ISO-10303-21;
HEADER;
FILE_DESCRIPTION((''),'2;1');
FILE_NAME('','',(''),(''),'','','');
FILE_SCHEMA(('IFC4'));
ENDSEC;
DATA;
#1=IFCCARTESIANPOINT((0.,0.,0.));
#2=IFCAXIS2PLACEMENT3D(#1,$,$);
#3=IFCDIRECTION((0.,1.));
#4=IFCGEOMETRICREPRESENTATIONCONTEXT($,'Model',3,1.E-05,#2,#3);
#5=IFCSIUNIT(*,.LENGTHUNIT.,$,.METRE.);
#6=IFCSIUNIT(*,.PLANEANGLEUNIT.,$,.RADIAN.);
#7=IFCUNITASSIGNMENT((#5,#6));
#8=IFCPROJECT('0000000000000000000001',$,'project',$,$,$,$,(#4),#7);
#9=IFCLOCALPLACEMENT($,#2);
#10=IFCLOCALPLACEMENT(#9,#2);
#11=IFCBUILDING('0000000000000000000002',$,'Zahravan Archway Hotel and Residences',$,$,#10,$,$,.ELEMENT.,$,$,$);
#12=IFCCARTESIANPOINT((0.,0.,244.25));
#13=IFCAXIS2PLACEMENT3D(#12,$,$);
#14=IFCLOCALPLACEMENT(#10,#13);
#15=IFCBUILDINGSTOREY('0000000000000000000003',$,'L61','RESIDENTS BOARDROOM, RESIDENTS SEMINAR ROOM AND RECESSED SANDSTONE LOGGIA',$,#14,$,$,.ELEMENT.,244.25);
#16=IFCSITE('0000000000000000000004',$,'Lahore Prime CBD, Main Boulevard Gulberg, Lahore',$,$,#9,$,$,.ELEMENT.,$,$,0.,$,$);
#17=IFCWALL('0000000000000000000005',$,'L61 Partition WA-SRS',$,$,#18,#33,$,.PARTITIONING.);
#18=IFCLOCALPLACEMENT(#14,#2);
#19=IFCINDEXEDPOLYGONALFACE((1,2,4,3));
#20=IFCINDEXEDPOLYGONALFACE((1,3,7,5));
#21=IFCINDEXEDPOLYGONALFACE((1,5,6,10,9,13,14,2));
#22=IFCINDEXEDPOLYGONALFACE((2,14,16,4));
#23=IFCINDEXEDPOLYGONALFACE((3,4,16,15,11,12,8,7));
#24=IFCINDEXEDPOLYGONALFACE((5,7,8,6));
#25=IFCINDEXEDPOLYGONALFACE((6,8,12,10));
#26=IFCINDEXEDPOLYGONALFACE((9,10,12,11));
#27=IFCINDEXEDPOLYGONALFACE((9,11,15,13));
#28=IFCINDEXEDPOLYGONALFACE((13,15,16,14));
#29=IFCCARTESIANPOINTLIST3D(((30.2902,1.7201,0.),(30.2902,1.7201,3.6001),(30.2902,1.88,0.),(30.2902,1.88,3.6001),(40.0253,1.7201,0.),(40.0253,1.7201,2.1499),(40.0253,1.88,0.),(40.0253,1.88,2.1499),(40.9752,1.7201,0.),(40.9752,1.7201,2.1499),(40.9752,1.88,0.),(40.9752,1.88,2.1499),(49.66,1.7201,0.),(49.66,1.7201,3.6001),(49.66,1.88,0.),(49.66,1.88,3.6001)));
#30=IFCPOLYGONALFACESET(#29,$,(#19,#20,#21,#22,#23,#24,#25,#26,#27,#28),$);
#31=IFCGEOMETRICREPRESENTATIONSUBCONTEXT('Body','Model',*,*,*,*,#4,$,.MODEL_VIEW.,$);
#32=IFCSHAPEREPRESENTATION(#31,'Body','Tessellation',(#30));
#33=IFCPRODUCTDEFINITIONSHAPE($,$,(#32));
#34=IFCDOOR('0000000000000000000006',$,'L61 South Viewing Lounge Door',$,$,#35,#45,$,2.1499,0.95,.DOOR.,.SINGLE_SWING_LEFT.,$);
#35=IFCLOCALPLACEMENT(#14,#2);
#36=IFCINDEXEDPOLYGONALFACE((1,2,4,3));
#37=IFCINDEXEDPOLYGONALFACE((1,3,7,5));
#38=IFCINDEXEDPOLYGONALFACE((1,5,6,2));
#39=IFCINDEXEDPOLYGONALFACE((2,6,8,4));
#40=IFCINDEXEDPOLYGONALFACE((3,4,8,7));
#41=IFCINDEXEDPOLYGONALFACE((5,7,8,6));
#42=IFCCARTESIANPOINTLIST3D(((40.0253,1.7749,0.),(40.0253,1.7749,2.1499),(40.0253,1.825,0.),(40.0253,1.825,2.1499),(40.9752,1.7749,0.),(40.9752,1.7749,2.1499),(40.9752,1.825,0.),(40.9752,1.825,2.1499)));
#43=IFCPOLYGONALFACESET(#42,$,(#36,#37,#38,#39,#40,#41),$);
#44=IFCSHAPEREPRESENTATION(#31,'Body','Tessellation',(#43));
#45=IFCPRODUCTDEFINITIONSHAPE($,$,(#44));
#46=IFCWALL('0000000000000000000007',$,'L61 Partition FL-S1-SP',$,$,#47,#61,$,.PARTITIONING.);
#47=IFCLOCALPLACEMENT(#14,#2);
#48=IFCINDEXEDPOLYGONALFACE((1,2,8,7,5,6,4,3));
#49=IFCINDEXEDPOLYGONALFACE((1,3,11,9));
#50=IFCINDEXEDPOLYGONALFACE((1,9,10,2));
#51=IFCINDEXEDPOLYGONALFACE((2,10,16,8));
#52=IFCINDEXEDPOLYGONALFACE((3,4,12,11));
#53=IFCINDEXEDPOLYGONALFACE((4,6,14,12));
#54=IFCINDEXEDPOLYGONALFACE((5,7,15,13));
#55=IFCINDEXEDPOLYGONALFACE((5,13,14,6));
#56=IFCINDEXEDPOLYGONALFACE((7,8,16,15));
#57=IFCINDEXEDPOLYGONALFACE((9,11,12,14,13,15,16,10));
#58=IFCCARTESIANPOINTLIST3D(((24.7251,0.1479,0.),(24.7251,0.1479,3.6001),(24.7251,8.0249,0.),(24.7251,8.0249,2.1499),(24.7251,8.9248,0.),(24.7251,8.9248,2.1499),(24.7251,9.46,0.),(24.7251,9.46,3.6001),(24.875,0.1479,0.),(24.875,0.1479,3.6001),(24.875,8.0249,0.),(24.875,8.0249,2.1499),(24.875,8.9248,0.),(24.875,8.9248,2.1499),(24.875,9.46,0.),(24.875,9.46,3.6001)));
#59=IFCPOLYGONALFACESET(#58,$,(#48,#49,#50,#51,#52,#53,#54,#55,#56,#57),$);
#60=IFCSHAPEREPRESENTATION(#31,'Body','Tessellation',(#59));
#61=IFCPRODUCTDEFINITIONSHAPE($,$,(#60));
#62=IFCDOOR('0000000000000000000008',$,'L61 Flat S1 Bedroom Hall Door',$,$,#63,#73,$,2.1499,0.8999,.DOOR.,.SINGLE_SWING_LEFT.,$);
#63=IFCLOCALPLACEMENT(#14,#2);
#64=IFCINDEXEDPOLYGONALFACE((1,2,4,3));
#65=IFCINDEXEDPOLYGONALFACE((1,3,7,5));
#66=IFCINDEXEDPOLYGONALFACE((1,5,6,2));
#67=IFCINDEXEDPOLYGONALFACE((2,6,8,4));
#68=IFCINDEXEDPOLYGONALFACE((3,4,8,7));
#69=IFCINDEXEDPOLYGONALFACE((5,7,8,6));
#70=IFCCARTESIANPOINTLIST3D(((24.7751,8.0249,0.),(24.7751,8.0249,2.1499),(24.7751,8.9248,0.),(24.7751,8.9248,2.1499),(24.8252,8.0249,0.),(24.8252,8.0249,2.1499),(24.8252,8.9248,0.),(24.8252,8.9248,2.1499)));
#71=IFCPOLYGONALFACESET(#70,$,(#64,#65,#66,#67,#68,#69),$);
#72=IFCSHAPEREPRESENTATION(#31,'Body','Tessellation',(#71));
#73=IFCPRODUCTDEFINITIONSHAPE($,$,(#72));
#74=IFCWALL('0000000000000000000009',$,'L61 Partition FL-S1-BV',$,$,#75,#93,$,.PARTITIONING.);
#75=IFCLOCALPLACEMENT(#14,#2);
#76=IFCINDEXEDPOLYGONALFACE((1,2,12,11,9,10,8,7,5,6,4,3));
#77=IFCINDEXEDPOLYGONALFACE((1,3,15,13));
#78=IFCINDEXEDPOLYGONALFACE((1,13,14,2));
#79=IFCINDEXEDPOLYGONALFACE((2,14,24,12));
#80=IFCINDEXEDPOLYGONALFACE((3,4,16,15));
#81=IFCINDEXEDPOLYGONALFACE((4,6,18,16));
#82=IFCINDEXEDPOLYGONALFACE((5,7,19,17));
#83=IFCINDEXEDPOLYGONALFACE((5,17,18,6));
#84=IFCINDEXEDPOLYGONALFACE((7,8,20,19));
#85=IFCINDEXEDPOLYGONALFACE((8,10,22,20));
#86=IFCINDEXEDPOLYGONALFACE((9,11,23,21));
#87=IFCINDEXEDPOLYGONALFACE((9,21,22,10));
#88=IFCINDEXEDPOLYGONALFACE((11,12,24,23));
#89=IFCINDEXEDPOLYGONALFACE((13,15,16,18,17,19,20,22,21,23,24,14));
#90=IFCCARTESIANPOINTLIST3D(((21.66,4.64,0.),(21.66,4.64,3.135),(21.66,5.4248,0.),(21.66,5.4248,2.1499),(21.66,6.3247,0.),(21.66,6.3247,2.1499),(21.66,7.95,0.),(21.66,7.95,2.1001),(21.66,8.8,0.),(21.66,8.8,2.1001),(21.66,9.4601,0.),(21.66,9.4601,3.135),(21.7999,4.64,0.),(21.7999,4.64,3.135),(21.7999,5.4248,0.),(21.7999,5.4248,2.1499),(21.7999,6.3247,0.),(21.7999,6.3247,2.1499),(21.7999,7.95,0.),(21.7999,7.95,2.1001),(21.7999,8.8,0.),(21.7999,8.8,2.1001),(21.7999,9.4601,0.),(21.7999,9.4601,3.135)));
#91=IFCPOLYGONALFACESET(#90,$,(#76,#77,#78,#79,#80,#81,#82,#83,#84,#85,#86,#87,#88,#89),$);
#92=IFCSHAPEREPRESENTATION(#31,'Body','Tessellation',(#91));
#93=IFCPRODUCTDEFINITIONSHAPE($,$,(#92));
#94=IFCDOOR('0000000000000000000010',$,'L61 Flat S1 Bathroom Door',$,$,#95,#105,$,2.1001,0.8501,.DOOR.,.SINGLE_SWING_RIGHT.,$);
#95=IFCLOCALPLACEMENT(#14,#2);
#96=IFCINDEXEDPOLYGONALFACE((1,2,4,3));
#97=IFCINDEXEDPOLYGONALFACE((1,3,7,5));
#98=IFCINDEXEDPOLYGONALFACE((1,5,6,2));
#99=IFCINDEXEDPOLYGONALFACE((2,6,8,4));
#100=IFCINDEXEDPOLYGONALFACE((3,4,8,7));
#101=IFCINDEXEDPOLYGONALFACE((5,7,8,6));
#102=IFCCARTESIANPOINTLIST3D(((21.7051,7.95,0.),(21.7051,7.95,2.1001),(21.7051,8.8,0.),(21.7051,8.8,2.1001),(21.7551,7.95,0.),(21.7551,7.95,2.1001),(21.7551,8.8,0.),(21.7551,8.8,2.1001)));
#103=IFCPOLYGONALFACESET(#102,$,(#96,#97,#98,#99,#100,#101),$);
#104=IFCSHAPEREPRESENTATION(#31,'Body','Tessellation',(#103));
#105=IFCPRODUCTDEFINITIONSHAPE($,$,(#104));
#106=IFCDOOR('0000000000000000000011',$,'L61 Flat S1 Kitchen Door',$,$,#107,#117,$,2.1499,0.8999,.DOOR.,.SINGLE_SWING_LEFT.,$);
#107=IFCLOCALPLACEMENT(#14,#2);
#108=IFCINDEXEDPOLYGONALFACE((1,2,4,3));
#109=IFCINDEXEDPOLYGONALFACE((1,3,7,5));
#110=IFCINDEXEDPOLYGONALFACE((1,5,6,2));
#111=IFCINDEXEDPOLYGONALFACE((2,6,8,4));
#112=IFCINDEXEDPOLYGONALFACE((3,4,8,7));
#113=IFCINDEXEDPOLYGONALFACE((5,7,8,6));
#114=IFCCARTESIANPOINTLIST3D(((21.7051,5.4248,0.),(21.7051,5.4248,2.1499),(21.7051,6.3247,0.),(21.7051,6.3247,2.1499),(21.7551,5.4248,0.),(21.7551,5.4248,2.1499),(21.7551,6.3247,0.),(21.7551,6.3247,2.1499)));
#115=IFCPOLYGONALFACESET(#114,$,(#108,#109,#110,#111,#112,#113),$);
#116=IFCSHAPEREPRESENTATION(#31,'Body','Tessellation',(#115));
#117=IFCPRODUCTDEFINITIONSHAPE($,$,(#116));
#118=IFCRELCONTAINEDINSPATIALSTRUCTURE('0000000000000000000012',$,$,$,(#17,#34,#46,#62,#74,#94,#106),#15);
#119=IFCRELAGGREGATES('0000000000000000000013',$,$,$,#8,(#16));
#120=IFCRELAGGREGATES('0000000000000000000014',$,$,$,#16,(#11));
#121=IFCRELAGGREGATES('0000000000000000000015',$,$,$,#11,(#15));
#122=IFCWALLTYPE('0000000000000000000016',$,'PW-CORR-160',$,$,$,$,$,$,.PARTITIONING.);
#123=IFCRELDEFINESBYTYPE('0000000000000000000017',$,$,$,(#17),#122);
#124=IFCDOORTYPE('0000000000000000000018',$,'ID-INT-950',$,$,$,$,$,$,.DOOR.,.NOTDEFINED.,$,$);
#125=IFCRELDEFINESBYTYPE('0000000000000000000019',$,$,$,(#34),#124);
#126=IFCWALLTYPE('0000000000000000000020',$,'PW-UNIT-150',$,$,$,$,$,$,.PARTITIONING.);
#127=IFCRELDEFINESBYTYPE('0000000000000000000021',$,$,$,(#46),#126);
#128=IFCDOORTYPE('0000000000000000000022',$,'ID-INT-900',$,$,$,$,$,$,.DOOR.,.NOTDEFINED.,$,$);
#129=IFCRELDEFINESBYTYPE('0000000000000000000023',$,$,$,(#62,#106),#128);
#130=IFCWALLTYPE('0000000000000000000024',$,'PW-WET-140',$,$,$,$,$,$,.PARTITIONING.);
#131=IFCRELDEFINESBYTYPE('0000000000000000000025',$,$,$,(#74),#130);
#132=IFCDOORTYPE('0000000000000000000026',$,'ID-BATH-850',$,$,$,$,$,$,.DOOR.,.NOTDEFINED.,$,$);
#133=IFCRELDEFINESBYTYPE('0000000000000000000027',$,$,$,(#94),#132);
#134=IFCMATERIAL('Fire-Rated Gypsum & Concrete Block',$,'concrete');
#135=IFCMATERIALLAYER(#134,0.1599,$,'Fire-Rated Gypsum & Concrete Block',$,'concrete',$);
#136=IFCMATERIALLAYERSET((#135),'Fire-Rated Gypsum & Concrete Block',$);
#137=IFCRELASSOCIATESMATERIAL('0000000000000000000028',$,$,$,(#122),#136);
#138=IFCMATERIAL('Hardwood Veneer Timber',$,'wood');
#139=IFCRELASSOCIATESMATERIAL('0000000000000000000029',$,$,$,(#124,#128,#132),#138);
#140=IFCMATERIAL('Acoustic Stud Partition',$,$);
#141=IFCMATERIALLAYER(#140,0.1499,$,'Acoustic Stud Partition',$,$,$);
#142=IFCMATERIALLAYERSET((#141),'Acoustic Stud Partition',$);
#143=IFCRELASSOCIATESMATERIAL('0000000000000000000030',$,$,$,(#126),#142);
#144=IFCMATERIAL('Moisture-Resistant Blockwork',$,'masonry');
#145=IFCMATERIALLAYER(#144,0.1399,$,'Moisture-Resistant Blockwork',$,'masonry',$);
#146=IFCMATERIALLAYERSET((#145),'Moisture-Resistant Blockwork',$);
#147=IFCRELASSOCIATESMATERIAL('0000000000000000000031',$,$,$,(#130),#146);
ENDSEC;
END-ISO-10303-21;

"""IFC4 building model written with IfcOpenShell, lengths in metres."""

from ifc_helpers import new_model, si_unit, direction, frame, frame_2d, origin, place, context, subcontext, project, spatial, rectangle, extrude, source, transform, mapped, material, layer, layer_set, type_object, type_shapes, element, fill, save


model = new_model("IFC4")

# Units and contexts
model_context = context("Model", 3, precision=1e-05, world=origin(), true_north=direction((0.0, 1.0)))
body_context = subcontext(model_context, "Body", "Model", "MODEL_VIEW")
ifc_project = project(units=[si_unit("LENGTHUNIT", "METRE"), si_unit("PLANEANGLEUNIT", "RADIAN")], contexts=[model_context])

# Site, building, storey
site_placement = place(None, origin())
site = spatial("IfcSite", under=ifc_project, at=site_placement, Name="Lahore Prime CBD, Main Boulevard Gulberg, Lahore", CompositionType="ELEMENT", RefElevation=0.0)
building_placement = place(site_placement, origin())
building = spatial("IfcBuilding", under=site, at=building_placement, Name="Zahravan Archway Hotel and Residences", CompositionType="ELEMENT")
storey_placement = place(building_placement, frame((0.0, 0.0, 244.25)))
storey = spatial("IfcBuildingStorey", under=building, at=storey_placement, Name="L61", Description="RESIDENTS BOARDROOM, RESIDENTS SEMINAR ROOM AND RECESSED SANDSTONE LOGGIA", CompositionType="ELEMENT", Elevation=244.25)

# Walls, openings, doors
ifc_material_1 = material(Name="Fire-Rated Gypsum & Concrete Block", Category="concrete")
ifc_layer_1 = layer(ifc_material_1, 0.1599, Name="Fire-Rated Gypsum & Concrete Block", Category="concrete")
ifc_layer_set_1 = layer_set([ifc_layer_1], Name="Fire-Rated Gypsum & Concrete Block")
wall_type_1 = type_object("IfcWallType", Name="PW-CORR-160", PredefinedType="PARTITIONING", material=ifc_layer_set_1)
wall_1_placement = place(storey_placement, frame((30.29, 1.8, 0.0), z_axis=(0.0, 0.0, 1.0), x_axis=(1.0, 0.0, 0.0)))
wall_1 = element("IfcWall", 1, at=wall_1_placement, inside=storey, type_object=wall_type_1, Name="L61 Partition WA-SRS", PredefinedType="PARTITIONING", context=body_context, shape_type="SweptSolid", body=[
    extrude(rectangle(XDim=19.3699, YDim=0.1599, at=frame_2d((9.6851, 0.0))), origin(), (0.0, 0.0, 1.0), 3.6001),
])
opening_1_placement = place(wall_1_placement, frame((9.7351, 0.0, 0.0)))
opening_1 = element("IfcOpeningElement", 2, at=opening_1_placement, cuts=wall_1, PredefinedType="OPENING", context=body_context, shape_type="SweptSolid", body=[
    extrude(rectangle(XDim=0.95, YDim=2.1499, at=frame_2d((0.4751, 1.075))), frame((0.0, 0.0898, 0.0), z_axis=(0.0, -1.0, 0.0), x_axis=(1.0, 0.0, 0.0)), (0.0, 0.0, 1.0), 0.1799),
])
ifc_material_2 = material(Name="Hardwood Veneer Timber", Category="wood")
door_type_1 = type_object("IfcDoorType", Name="ID-INT-950", OperationType="NOTDEFINED", PredefinedType="DOOR", material=ifc_material_2)
shared_shape_1 = source(origin(), body_context, "Body", "SweptSolid", [
    extrude(rectangle(XDim=0.95, YDim=2.1499, at=frame_2d((0.4751, 1.075))), frame((0.0, 0.0249, 0.0), z_axis=(0.0, -1.0, 0.0), x_axis=(1.0, 0.0, 0.0)), (0.0, 0.0, 1.0), 0.05),
])
type_shapes(door_type_1, [shared_shape_1])
door_1_placement = place(opening_1_placement, origin())
door_1 = element("IfcDoor", 3, at=door_1_placement, inside=storey, type_object=door_type_1, Name="L61 South Viewing Lounge Door", OperationType="SINGLE_SWING_LEFT", OverallHeight=2.1499, OverallWidth=0.95, PredefinedType="DOOR", context=body_context, shape_type="MappedRepresentation", body=[
    mapped(shared_shape_1, transform((0.0, 0.0, 0.0), scale=1.0)),
])
fill(opening_1, door_1)
ifc_material_3 = material(Name="Acoustic Stud Partition")
ifc_layer_2 = layer(ifc_material_3, 0.1499, Name="Acoustic Stud Partition")
ifc_layer_set_2 = layer_set([ifc_layer_2], Name="Acoustic Stud Partition")
wall_type_2 = type_object("IfcWallType", Name="PW-UNIT-150", PredefinedType="PARTITIONING", material=ifc_layer_set_2)
wall_2_placement = place(storey_placement, frame((24.8, 0.1479, 0.0), z_axis=(0.0, 0.0, 1.0), x_axis=(0.0, 1.0, 0.0)))
wall_2 = element("IfcWall", 4, at=wall_2_placement, inside=storey, type_object=wall_type_2, Name="L61 Partition FL-S1-SP", PredefinedType="PARTITIONING", context=body_context, shape_type="SweptSolid", body=[
    extrude(rectangle(XDim=9.312, YDim=0.1499, at=frame_2d((4.656, 0.0))), origin(), (0.0, 0.0, 1.0), 3.6001),
])
opening_2_placement = place(wall_2_placement, frame((7.877, 0.0, 0.0)))
opening_2 = element("IfcOpeningElement", 5, at=opening_2_placement, cuts=wall_2, PredefinedType="OPENING", context=body_context, shape_type="SweptSolid", body=[
    extrude(rectangle(XDim=0.8999, YDim=2.1499, at=frame_2d((0.45, 1.075))), frame((0.0, 0.085, 0.0), z_axis=(0.0, -1.0, 0.0), x_axis=(1.0, 0.0, 0.0)), (0.0, 0.0, 1.0), 0.1699),
])
door_type_2 = type_object("IfcDoorType", Name="ID-INT-900", OperationType="NOTDEFINED", PredefinedType="DOOR", material=ifc_material_2)
shared_shape_2 = source(origin(), body_context, "Body", "SweptSolid", [
    extrude(rectangle(XDim=0.8999, YDim=2.1499, at=frame_2d((0.45, 1.075))), frame((0.0, 0.0249, 0.0), z_axis=(0.0, -1.0, 0.0), x_axis=(1.0, 0.0, 0.0)), (0.0, 0.0, 1.0), 0.05),
])
type_shapes(door_type_2, [shared_shape_2])
door_2_placement = place(opening_2_placement, origin())
door_2 = element("IfcDoor", 6, at=door_2_placement, inside=storey, type_object=door_type_2, Name="L61 Flat S1 Bedroom Hall Door", OperationType="SINGLE_SWING_LEFT", OverallHeight=2.1499, OverallWidth=0.8999, PredefinedType="DOOR", context=body_context, shape_type="MappedRepresentation", body=[
    mapped(shared_shape_2, transform((0.0, 0.0, 0.0), scale=1.0)),
])
fill(opening_2, door_2)

# Wall, openings, doors
ifc_material_4 = material(Name="Moisture-Resistant Blockwork", Category="masonry")
ifc_layer_3 = layer(ifc_material_4, 0.1399, Name="Moisture-Resistant Blockwork", Category="masonry")
ifc_layer_set_3 = layer_set([ifc_layer_3], Name="Moisture-Resistant Blockwork")
wall_type_3 = type_object("IfcWallType", Name="PW-WET-140", PredefinedType="PARTITIONING", material=ifc_layer_set_3)
wall_3_placement = place(storey_placement, frame((21.73, 4.6399, 0.0), z_axis=(0.0, 0.0, 1.0), x_axis=(0.0, 1.0, 0.0)))
wall_3 = element("IfcWall", 7, at=wall_3_placement, inside=storey, type_object=wall_type_3, Name="L61 Partition FL-S1-BV", PredefinedType="PARTITIONING", context=body_context, shape_type="SweptSolid", body=[
    extrude(rectangle(XDim=4.8201, YDim=0.1399, at=frame_2d((2.4102, 0.0))), origin(), (0.0, 0.0, 1.0), 3.135),
])
opening_3_placement = place(wall_3_placement, frame((0.7849, 0.0, 0.0)))
opening_3 = element("IfcOpeningElement", 8, at=opening_3_placement, cuts=wall_3, PredefinedType="OPENING", context=body_context, shape_type="SweptSolid", body=[
    extrude(rectangle(XDim=0.8999, YDim=2.1499, at=frame_2d((0.45, 1.075))), frame((0.0, 0.0801, 0.0), z_axis=(0.0, -1.0, 0.0), x_axis=(1.0, 0.0, 0.0)), (0.0, 0.0, 1.0), 0.1599),
])
opening_4_placement = place(wall_3_placement, frame((3.3101, 0.0, 0.0)))
opening_4 = element("IfcOpeningElement", 9, at=opening_4_placement, cuts=wall_3, PredefinedType="OPENING", context=body_context, shape_type="SweptSolid", body=[
    extrude(rectangle(XDim=0.8501, YDim=2.1001, at=frame_2d((0.425, 1.05))), frame((0.0, 0.0801, 0.0), z_axis=(0.0, -1.0, 0.0), x_axis=(1.0, 0.0, 0.0)), (0.0, 0.0, 1.0), 0.1599),
])
door_type_3 = type_object("IfcDoorType", Name="ID-BATH-850", OperationType="NOTDEFINED", PredefinedType="DOOR", material=ifc_material_2)
shared_shape_3 = source(origin(), body_context, "Body", "SweptSolid", [
    extrude(rectangle(XDim=0.8501, YDim=2.1001, at=frame_2d((0.425, 1.05))), frame((0.0, 0.0249, 0.0), z_axis=(0.0, -1.0, 0.0), x_axis=(1.0, 0.0, 0.0)), (0.0, 0.0, 1.0), 0.05),
])
type_shapes(door_type_3, [shared_shape_3])
door_3_placement = place(opening_4_placement, origin())
door_3 = element("IfcDoor", 10, at=door_3_placement, inside=storey, type_object=door_type_3, Name="L61 Flat S1 Bathroom Door", OperationType="SINGLE_SWING_RIGHT", OverallHeight=2.1001, OverallWidth=0.8501, PredefinedType="DOOR", context=body_context, shape_type="MappedRepresentation", body=[
    mapped(shared_shape_3, transform((0.0, 0.0, 0.0), scale=1.0)),
])
fill(opening_4, door_3)
door_4_placement = place(opening_3_placement, origin())
door_4 = element("IfcDoor", 11, at=door_4_placement, inside=storey, type_object=door_type_2, Name="L61 Flat S1 Kitchen Door", OperationType="SINGLE_SWING_LEFT", OverallHeight=2.1499, OverallWidth=0.8999, PredefinedType="DOOR", context=body_context, shape_type="MappedRepresentation", body=[
    mapped(shared_shape_2, transform((0.0, 0.0, 0.0), scale=1.0)),
])
fill(opening_3, door_4)

save(model, "model.ifc")
